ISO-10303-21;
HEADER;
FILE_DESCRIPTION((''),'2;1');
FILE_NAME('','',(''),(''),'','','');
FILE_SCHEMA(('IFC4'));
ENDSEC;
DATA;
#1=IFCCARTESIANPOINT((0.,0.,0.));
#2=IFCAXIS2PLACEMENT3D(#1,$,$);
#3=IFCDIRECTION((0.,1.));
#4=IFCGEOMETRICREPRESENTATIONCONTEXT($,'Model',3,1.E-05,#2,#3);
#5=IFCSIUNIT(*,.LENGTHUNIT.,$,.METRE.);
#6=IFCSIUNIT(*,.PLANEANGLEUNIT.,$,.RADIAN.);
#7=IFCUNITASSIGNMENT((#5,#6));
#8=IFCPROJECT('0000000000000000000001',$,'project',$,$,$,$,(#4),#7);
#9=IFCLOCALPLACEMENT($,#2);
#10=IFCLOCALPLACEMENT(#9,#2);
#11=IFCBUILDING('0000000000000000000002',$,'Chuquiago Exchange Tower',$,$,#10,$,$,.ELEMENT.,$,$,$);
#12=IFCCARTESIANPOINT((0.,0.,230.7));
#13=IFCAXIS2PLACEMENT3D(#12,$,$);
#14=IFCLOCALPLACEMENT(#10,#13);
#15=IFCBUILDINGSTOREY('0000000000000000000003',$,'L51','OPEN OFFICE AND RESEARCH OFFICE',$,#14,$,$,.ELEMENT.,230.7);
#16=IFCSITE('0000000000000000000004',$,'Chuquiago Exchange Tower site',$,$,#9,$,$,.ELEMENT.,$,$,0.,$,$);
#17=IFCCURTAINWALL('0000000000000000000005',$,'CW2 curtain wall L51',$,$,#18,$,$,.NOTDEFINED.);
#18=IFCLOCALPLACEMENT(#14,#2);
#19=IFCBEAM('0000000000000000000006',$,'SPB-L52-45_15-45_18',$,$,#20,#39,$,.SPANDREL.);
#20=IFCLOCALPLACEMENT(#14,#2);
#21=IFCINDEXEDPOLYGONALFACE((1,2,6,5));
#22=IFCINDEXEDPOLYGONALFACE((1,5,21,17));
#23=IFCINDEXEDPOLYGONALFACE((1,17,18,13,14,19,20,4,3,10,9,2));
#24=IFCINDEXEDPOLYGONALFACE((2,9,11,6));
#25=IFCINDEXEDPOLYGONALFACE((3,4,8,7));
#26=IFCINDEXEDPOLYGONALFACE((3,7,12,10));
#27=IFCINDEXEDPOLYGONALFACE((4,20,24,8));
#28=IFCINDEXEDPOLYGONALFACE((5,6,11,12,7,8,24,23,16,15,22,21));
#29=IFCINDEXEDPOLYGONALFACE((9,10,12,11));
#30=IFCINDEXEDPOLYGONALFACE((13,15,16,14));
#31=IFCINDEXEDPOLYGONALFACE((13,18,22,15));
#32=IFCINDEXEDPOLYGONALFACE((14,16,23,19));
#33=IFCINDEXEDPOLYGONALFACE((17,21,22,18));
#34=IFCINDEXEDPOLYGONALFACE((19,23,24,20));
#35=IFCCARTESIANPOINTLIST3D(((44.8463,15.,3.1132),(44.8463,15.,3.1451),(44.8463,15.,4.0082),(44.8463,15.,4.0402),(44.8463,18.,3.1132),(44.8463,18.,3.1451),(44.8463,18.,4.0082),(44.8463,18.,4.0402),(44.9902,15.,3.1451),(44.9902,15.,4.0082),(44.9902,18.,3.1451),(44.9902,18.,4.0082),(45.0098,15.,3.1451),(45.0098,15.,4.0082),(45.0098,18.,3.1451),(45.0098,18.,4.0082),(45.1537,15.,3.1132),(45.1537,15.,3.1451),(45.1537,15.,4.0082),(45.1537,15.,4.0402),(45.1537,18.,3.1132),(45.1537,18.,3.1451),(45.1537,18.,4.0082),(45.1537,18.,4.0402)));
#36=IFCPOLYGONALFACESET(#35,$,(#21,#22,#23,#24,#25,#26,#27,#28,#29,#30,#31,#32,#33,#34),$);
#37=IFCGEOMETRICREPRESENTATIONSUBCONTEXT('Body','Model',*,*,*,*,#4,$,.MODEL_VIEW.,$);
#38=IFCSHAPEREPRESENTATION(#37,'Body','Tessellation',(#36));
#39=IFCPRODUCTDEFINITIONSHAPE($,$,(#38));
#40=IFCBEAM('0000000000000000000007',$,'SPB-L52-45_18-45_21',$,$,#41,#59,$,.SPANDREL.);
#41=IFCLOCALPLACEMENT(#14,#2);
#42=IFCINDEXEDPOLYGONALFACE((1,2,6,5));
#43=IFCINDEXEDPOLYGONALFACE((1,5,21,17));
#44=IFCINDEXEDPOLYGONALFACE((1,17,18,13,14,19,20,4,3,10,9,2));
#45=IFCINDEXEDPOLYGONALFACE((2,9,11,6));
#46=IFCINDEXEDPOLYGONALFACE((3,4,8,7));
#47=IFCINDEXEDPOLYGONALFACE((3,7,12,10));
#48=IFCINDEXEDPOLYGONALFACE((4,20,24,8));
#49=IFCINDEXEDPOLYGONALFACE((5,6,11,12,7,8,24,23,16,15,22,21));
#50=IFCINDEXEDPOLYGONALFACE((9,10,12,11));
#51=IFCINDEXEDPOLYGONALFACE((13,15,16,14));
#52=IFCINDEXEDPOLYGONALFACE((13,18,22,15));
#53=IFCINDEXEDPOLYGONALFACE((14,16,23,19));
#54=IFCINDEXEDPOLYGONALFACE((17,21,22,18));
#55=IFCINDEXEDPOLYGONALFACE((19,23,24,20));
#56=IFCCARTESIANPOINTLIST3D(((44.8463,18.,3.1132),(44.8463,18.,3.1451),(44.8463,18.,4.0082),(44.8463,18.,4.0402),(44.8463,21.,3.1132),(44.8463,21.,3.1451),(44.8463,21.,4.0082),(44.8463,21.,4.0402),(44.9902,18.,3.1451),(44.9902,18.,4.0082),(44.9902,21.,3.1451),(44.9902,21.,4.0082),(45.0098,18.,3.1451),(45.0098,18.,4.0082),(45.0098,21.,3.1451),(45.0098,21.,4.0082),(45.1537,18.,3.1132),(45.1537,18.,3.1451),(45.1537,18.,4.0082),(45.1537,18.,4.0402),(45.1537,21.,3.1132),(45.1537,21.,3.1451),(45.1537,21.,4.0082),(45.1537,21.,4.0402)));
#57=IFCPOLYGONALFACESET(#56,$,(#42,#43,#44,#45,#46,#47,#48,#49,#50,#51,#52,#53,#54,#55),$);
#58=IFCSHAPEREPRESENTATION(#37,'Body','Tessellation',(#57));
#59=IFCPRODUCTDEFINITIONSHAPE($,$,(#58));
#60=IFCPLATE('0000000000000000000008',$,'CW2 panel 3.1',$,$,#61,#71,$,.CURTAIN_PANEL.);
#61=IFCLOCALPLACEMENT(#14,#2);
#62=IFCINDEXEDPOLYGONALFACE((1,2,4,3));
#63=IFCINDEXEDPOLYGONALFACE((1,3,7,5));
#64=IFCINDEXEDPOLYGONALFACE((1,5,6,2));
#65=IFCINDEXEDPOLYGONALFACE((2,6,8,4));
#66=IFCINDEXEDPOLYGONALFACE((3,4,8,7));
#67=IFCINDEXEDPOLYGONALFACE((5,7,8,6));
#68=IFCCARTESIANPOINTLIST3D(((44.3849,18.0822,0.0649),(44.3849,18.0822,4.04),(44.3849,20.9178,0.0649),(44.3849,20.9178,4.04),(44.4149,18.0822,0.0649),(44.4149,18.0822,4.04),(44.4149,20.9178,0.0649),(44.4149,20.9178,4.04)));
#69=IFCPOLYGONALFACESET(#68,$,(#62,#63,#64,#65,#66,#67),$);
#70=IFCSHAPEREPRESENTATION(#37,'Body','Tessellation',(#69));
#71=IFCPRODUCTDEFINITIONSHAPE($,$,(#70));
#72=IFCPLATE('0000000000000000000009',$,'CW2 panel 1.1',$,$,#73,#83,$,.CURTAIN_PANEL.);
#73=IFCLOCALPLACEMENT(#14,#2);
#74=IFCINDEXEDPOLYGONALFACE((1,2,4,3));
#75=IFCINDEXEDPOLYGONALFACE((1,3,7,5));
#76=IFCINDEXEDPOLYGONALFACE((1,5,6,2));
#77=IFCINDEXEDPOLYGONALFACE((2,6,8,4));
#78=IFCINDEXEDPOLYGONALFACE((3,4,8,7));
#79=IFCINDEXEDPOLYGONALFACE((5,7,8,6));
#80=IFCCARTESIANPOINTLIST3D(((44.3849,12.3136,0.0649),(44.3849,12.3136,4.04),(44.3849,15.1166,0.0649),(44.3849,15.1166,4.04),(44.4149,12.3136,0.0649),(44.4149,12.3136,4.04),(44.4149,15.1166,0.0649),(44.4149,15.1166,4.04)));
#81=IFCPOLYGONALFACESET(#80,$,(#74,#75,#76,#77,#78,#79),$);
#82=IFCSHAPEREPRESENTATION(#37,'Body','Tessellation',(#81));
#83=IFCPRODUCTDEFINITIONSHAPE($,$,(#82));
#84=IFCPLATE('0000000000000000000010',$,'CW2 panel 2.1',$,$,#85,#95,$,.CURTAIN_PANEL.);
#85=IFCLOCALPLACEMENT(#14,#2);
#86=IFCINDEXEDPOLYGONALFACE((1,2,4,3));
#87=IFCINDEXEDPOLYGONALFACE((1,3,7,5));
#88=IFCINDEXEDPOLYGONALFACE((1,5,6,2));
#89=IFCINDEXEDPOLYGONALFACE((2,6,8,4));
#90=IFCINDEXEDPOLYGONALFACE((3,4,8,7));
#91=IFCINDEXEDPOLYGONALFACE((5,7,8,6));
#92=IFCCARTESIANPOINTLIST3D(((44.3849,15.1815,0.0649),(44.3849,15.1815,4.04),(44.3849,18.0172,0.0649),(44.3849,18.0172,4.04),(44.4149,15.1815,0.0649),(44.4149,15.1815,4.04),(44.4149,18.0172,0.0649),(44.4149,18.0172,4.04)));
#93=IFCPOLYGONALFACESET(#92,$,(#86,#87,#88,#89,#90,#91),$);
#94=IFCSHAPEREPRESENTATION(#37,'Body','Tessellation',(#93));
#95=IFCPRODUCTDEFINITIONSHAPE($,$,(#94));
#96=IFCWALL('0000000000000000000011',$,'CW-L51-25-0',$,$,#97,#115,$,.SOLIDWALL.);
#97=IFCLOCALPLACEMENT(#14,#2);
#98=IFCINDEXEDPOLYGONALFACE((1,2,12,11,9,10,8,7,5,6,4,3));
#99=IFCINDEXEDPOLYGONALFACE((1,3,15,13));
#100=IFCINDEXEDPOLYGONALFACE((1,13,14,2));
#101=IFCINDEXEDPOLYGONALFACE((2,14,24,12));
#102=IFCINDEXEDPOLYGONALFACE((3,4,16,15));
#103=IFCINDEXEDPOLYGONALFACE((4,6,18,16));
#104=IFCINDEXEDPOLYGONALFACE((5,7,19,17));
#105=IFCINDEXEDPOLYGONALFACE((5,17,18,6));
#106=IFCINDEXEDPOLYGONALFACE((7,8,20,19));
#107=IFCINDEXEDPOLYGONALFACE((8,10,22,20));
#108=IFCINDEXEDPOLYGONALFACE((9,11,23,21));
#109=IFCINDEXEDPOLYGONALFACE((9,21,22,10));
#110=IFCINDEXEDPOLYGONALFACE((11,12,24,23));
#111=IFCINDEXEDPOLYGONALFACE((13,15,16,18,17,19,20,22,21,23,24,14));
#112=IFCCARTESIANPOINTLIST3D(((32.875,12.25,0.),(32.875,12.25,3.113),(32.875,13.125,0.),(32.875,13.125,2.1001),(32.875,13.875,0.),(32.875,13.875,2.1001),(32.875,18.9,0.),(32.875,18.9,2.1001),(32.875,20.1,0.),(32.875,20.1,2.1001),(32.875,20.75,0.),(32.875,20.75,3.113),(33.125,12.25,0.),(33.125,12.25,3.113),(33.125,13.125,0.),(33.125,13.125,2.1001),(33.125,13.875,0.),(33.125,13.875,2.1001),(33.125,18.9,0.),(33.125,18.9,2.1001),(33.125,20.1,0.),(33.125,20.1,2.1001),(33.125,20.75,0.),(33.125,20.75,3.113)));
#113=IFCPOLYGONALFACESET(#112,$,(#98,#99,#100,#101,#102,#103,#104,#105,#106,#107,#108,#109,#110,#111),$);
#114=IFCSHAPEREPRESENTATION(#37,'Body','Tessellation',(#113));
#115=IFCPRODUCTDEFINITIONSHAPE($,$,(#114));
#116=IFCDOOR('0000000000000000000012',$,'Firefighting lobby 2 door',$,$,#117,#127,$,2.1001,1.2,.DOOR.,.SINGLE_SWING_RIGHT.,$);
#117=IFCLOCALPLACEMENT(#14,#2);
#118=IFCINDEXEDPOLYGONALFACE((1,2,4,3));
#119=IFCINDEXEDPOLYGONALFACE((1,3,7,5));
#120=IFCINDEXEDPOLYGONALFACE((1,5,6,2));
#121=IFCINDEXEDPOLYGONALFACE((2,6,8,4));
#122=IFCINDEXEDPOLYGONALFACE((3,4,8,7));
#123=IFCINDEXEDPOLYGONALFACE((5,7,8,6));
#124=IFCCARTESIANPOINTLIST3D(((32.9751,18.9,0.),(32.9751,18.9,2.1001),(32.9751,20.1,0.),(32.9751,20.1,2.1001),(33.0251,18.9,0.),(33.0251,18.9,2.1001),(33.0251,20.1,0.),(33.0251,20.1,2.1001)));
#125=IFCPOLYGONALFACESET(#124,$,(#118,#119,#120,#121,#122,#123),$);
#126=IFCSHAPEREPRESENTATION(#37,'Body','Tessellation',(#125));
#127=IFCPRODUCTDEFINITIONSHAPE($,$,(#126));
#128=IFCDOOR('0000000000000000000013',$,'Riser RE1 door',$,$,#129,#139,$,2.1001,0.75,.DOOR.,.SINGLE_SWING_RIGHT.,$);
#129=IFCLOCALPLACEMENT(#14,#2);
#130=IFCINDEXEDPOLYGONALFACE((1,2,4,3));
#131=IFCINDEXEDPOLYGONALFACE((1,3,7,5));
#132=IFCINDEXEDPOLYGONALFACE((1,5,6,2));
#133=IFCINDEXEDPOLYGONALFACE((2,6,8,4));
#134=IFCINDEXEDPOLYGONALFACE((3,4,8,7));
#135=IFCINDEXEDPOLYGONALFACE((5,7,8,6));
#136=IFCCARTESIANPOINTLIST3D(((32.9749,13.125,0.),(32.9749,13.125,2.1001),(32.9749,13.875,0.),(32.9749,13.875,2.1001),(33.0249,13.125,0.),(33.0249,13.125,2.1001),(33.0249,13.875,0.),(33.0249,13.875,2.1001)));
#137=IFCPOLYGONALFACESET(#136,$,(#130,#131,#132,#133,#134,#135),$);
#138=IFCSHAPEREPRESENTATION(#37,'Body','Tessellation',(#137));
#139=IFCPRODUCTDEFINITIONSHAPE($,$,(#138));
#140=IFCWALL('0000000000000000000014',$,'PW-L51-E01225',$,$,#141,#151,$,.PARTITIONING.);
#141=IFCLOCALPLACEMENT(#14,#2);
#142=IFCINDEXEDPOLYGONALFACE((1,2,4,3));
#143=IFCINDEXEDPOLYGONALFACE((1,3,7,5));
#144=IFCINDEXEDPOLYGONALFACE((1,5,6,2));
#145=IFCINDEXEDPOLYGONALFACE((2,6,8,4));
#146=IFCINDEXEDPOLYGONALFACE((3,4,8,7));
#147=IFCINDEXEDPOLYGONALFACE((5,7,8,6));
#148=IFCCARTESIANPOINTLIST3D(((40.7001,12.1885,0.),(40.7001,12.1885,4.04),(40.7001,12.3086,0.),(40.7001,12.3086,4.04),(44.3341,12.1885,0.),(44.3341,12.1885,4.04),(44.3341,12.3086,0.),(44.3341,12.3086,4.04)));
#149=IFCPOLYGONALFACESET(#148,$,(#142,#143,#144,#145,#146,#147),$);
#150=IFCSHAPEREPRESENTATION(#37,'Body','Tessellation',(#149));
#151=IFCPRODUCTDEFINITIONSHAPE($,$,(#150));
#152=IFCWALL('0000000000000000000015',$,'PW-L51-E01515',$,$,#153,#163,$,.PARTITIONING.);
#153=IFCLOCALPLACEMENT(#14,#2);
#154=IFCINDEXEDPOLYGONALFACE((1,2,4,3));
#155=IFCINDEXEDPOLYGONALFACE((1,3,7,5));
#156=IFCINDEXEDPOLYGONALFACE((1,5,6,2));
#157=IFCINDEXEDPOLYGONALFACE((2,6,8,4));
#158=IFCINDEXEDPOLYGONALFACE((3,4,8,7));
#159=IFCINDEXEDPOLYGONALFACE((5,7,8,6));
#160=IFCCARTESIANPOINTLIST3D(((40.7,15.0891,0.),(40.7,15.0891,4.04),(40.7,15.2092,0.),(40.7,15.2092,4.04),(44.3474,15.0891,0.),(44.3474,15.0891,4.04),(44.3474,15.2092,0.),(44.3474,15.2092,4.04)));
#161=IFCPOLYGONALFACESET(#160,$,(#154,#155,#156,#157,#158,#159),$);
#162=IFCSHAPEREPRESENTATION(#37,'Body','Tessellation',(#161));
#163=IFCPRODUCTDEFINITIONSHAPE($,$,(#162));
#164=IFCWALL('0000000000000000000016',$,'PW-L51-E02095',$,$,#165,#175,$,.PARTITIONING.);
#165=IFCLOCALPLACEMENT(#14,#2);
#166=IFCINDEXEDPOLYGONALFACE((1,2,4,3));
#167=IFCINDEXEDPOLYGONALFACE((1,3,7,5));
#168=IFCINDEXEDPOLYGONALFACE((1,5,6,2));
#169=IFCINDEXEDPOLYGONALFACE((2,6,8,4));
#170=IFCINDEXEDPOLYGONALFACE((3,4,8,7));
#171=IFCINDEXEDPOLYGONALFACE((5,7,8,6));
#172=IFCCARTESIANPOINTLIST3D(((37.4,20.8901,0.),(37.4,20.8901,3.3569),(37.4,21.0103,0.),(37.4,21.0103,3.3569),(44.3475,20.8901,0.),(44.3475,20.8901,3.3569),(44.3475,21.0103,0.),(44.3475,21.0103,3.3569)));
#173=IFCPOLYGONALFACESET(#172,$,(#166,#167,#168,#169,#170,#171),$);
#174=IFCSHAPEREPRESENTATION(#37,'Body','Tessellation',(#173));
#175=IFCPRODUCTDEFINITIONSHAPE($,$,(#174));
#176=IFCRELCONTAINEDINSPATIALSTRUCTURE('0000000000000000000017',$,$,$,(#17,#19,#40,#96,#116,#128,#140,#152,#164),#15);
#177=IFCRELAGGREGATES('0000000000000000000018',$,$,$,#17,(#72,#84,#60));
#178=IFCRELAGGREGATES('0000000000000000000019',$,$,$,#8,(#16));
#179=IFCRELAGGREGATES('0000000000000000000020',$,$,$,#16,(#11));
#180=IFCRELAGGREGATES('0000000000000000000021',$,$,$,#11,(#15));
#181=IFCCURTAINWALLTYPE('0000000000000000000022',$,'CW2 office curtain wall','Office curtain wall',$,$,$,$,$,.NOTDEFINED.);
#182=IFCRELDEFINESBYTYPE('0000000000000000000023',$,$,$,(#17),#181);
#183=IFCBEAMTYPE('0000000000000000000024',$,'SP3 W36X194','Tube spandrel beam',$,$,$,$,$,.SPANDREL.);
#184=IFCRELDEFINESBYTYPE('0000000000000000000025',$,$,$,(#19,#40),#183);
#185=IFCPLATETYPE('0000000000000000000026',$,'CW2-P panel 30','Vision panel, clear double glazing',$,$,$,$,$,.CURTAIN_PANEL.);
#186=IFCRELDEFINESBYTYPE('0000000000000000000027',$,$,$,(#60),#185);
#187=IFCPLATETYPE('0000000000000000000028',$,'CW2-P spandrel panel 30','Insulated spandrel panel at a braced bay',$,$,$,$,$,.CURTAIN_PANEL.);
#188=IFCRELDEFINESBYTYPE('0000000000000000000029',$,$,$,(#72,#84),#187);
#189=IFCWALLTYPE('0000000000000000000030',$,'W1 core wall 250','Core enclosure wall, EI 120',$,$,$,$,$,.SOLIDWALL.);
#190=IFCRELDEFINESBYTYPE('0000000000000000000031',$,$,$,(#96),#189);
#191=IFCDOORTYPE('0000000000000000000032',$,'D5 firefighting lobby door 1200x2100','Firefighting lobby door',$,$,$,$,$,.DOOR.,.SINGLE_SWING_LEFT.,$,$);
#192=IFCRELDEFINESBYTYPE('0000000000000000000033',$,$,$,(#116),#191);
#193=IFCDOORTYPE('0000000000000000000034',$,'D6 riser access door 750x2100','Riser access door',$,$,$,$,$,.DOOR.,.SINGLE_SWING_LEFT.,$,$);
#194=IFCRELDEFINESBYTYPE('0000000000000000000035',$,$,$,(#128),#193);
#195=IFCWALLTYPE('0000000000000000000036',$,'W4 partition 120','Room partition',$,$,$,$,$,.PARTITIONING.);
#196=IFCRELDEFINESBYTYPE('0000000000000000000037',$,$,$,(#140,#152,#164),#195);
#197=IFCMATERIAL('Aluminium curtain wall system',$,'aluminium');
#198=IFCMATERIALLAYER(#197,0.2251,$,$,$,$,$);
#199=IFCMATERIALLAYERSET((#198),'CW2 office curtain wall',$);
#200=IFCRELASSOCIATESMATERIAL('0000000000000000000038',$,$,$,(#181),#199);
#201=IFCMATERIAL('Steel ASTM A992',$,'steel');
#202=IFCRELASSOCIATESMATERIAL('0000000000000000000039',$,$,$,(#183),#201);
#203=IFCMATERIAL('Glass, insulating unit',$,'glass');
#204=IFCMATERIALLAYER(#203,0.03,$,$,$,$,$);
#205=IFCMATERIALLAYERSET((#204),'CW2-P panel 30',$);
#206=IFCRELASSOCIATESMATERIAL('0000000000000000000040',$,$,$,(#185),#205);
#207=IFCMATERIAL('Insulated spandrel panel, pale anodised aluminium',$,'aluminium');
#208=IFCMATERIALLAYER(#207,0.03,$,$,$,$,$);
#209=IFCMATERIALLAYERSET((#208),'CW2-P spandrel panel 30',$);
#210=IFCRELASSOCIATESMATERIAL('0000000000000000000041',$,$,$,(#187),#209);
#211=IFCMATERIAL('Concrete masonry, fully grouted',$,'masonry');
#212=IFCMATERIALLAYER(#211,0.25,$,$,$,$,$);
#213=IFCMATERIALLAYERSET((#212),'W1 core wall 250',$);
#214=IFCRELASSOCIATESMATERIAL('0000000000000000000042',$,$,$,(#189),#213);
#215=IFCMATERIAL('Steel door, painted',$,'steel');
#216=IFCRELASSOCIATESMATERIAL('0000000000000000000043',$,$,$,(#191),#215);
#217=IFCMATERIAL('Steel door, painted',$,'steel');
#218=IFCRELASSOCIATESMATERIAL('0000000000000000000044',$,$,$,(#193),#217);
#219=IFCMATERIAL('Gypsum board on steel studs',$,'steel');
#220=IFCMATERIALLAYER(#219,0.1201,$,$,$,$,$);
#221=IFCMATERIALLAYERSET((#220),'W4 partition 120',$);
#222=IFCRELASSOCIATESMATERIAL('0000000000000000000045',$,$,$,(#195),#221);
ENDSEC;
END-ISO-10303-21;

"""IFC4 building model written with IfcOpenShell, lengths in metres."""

from ifc_helpers import new_model, si_unit, direction, frame, frame_2d, origin, origin_2d, place, context, subcontext, project, spatial, rectangle, i_section, extrude, material, layer, layer_set, material_profile, profile_set, type_object, element, fill, aggregate, save


model = new_model("IFC4")

# Units and contexts
model_context = context("Model", 3, precision=1e-05, world=origin(), true_north=direction((0.0, 1.0)))
body_context = subcontext(model_context, "Body", "Model", "MODEL_VIEW")
ifc_project = project(units=[si_unit("LENGTHUNIT", "METRE"), si_unit("PLANEANGLEUNIT", "RADIAN")], contexts=[model_context])

# Site, building, storey
site_placement = place(None, origin())
site = spatial("IfcSite", under=ifc_project, at=site_placement, Name="Chuquiago Exchange Tower site", CompositionType="ELEMENT", RefElevation=0.0)
building_placement = place(site_placement, origin())
building = spatial("IfcBuilding", under=site, at=building_placement, Name="Chuquiago Exchange Tower", CompositionType="ELEMENT")
storey_placement = place(building_placement, frame((0.0, 0.0, 230.7)))
storey = spatial("IfcBuildingStorey", under=building, at=storey_placement, Name="L51", Description="OPEN OFFICE AND RESEARCH OFFICE", CompositionType="ELEMENT", Elevation=230.7)

# Curtain wall
ifc_material_1 = material(Name="Aluminium curtain wall system", Category="aluminium")
ifc_layer_1 = layer(ifc_material_1, 0.2251)
ifc_layer_set_1 = layer_set([ifc_layer_1], Name="CW2 office curtain wall")
curtain_wall_type_1 = type_object("IfcCurtainWallType", Name="CW2 office curtain wall", Description="Office curtain wall", PredefinedType="NOTDEFINED", material=ifc_layer_set_1)
curtain_wall_1_placement = place(storey_placement, origin())
curtain_wall_1 = element("IfcCurtainWall", 1, at=curtain_wall_1_placement, inside=storey, type_object=curtain_wall_type_1, Name="CW2 curtain wall L51", PredefinedType="NOTDEFINED")

# Beams
ifc_material_2 = material(Name="Steel ASTM A992", Category="steel")
ifc_material_profile_1 = material_profile(ifc_material_2, i_section(OverallWidth=0.3074, OverallDepth=0.927, WebThickness=0.0195, FlangeThickness=0.032, at=origin_2d()), Name="W36X194")
ifc_profile_set_1 = profile_set([ifc_material_profile_1], Name="Steel ASTM A992")
beam_type_1 = type_object("IfcBeamType", Name="SP3 W36X194", Description="Tube spandrel beam", PredefinedType="SPANDREL", material=ifc_profile_set_1)
for number, where, z_axis, x_axis, name in (
    (2, (45.0, 15.0, 3.5767), (0.0, 1.0, 0.0), (-1.0, 0.0, 0.0), "SPB-L52-45_15-45_18"),
    (3, (45.0, 18.0, 3.5767), (0.0, 1.0, 0.0), (-1.0, 0.0, 0.0), "SPB-L52-45_18-45_21"),
):
    element("IfcBeam", number, at=place(storey_placement, frame(where, z_axis=z_axis, x_axis=x_axis)), inside=storey, type_object=beam_type_1, Name=name, PredefinedType="SPANDREL", context=body_context, shape_type="SweptSolid", body=[
        extrude(i_section(OverallWidth=0.3074, OverallDepth=0.927, WebThickness=0.0195, FlangeThickness=0.032, at=origin_2d()), origin(), (0.0, 0.0, 1.0), 3.0),
    ])

# Plates
ifc_material_3 = material(Name="Glass, insulating unit", Category="glass")
ifc_layer_2 = layer(ifc_material_3, 0.03)
ifc_layer_set_2 = layer_set([ifc_layer_2], Name="CW2-P panel 30")
plate_type_1 = type_object("IfcPlateType", Name="CW2-P panel 30", Description="Vision panel, clear double glazing", PredefinedType="CURTAIN_PANEL", material=ifc_layer_set_2)
plate_1_placement = place(storey_placement, frame((44.3999, 19.5, 0.0649), z_axis=(0.0, 0.0, 1.0), x_axis=(0.0, 1.0, 0.0)))
plate_1 = element("IfcPlate", 4, at=plate_1_placement, type_object=plate_type_1, Name="CW2 panel 3.1", PredefinedType="CURTAIN_PANEL", context=body_context, shape_type="SweptSolid", body=[
    extrude(rectangle(XDim=2.8357, YDim=0.03, at=origin_2d()), origin(), (0.0, 0.0, 1.0), 3.9751),
])
ifc_material_4 = material(Name="Insulated spandrel panel, pale anodised aluminium", Category="aluminium")
ifc_layer_3 = layer(ifc_material_4, 0.03)
ifc_layer_set_3 = layer_set([ifc_layer_3], Name="CW2-P spandrel panel 30")
plate_type_2 = type_object("IfcPlateType", Name="CW2-P spandrel panel 30", Description="Insulated spandrel panel at a braced bay", PredefinedType="CURTAIN_PANEL", material=ifc_layer_set_3)
plate_2_placement = place(storey_placement, frame((44.3999, 13.7151, 0.0649), z_axis=(0.0, 0.0, 1.0), x_axis=(0.0, 1.0, 0.0)))
plate_2 = element("IfcPlate", 5, at=plate_2_placement, type_object=plate_type_2, Name="CW2 panel 1.1", PredefinedType="CURTAIN_PANEL", context=body_context, shape_type="SweptSolid", body=[
    extrude(rectangle(XDim=2.803, YDim=0.03, at=origin_2d()), origin(), (0.0, 0.0, 1.0), 3.9751),
])
plate_3_placement = place(storey_placement, frame((44.3999, 16.5994, 0.0649), z_axis=(0.0, 0.0, 1.0), x_axis=(0.0, 1.0, 0.0)))
plate_3 = element("IfcPlate", 6, at=plate_3_placement, type_object=plate_type_2, Name="CW2 panel 2.1", PredefinedType="CURTAIN_PANEL", context=body_context, shape_type="SweptSolid", body=[
    extrude(rectangle(XDim=2.8357, YDim=0.03, at=origin_2d()), origin(), (0.0, 0.0, 1.0), 3.9751),
])
aggregate(curtain_wall_1, [plate_2, plate_3, plate_1])

# Wall, openings, doors
ifc_material_5 = material(Name="Concrete masonry, fully grouted", Category="masonry")
ifc_layer_4 = layer(ifc_material_5, 0.25)
ifc_layer_set_4 = layer_set([ifc_layer_4], Name="W1 core wall 250")
wall_type_1 = type_object("IfcWallType", Name="W1 core wall 250", Description="Core enclosure wall, EI 120", PredefinedType="SOLIDWALL", material=ifc_layer_set_4)
wall_1_placement = place(storey_placement, frame((33.0, 12.25, 0.0), z_axis=(0.0, 0.0, 1.0), x_axis=(0.0, 1.0, 0.0)))
wall_1 = element("IfcWall", 7, at=wall_1_placement, inside=storey, type_object=wall_type_1, Name="CW-L51-25-0", PredefinedType="SOLIDWALL", context=body_context, shape_type="SweptSolid", body=[
    extrude(rectangle(XDim=8.5, YDim=0.25, at=frame_2d((4.25, 0.0))), origin(), (0.0, 0.0, 1.0), 3.113),
])
opening_1_placement = place(wall_1_placement, frame((6.6499, 0.0, 0.0)))
opening_1 = element("IfcOpeningElement", 8, at=opening_1_placement, cuts=wall_1, PredefinedType="OPENING", context=body_context, shape_type="SweptSolid", body=[
    extrude(rectangle(XDim=1.2, YDim=2.1001, at=frame_2d((0.6001, 1.05))), frame((0.0, 0.135, 0.0), z_axis=(0.0, -1.0, 0.0), x_axis=(1.0, 0.0, 0.0)), (0.0, 0.0, 1.0), 0.27),
])
opening_2_placement = place(wall_1_placement, frame((0.875, 0.0, 0.0)))
opening_2 = element("IfcOpeningElement", 9, at=opening_2_placement, cuts=wall_1, PredefinedType="OPENING", context=body_context, shape_type="SweptSolid", body=[
    extrude(rectangle(XDim=0.75, YDim=2.1001, at=frame_2d((0.375, 1.05))), frame((0.0, 0.135, 0.0), z_axis=(0.0, -1.0, 0.0), x_axis=(1.0, 0.0, 0.0)), (0.0, 0.0, 1.0), 0.27),
])
ifc_material_6 = material(Name="Steel door, painted", Category="steel")
door_type_1 = type_object("IfcDoorType", Name="D5 firefighting lobby door 1200x2100", Description="Firefighting lobby door", OperationType="SINGLE_SWING_LEFT", PredefinedType="DOOR", material=ifc_material_6)
door_1_placement = place(opening_1_placement, origin())
door_1 = element("IfcDoor", 10, at=door_1_placement, inside=storey, type_object=door_type_1, Name="Firefighting lobby 2 door", OperationType="SINGLE_SWING_RIGHT", OverallHeight=2.1001, OverallWidth=1.2, PredefinedType="DOOR", context=body_context, shape_type="SweptSolid", body=[
    extrude(rectangle(XDim=1.2, YDim=2.1001, at=frame_2d((0.6001, 1.05))), frame((0.0, 0.0249, 0.0), z_axis=(0.0, -1.0, 0.0), x_axis=(1.0, 0.0, 0.0)), (0.0, 0.0, 1.0), 0.05),
])
fill(opening_1, door_1)
ifc_material_7 = material(Name="Steel door, painted", Category="steel")
door_type_2 = type_object("IfcDoorType", Name="D6 riser access door 750x2100", Description="Riser access door", OperationType="SINGLE_SWING_LEFT", PredefinedType="DOOR", material=ifc_material_7)
door_2_placement = place(opening_2_placement, frame((0.75, 0.0, 0.0), z_axis=(0.0, 0.0, 1.0), x_axis=(-1.0, 0.0, 0.0)))
door_2 = element("IfcDoor", 11, at=door_2_placement, inside=storey, type_object=door_type_2, Name="Riser RE1 door", OperationType="SINGLE_SWING_RIGHT", OverallHeight=2.1001, OverallWidth=0.75, PredefinedType="DOOR", context=body_context, shape_type="SweptSolid", body=[
    extrude(rectangle(XDim=0.75, YDim=2.1001, at=frame_2d((0.375, 1.05))), frame((0.0, 0.0249, 0.0), z_axis=(0.0, -1.0, 0.0), x_axis=(1.0, 0.0, 0.0)), (0.0, 0.0, 1.0), 0.05),
])
fill(opening_2, door_2)

# Walls
ifc_material_8 = material(Name="Gypsum board on steel studs", Category="steel")
ifc_layer_5 = layer(ifc_material_8, 0.1201)
ifc_layer_set_5 = layer_set([ifc_layer_5], Name="W4 partition 120")
wall_type_2 = type_object("IfcWallType", Name="W4 partition 120", Description="Room partition", PredefinedType="PARTITIONING", material=ifc_layer_set_5)
wall_2_placement = place(storey_placement, frame((44.334, 12.2485, 0.0), z_axis=(0.0, 0.0, 1.0), x_axis=(-1.0, 0.0, 0.0)))
element("IfcWall", 12, at=wall_2_placement, inside=storey, type_object=wall_type_2, Name="PW-L51-E01225", PredefinedType="PARTITIONING", context=body_context, shape_type="SweptSolid", body=[
    extrude(rectangle(XDim=3.634, YDim=0.1201, at=frame_2d((1.8169, 0.0))), origin(), (0.0, 0.0, 1.0), 4.04),
])
wall_3_placement = place(storey_placement, frame((44.3474, 15.1492, 0.0), z_axis=(0.0, 0.0, 1.0), x_axis=(-1.0, 0.0, 0.0)))
element("IfcWall", 13, at=wall_3_placement, inside=storey, type_object=wall_type_2, Name="PW-L51-E01515", PredefinedType="PARTITIONING", context=body_context, shape_type="SweptSolid", body=[
    extrude(rectangle(XDim=3.6475, YDim=0.1201, at=frame_2d((1.8237, 0.0))), origin(), (0.0, 0.0, 1.0), 4.04),
])
wall_4_placement = place(storey_placement, frame((44.3474, 20.9502, 0.0), z_axis=(0.0, 0.0, 1.0), x_axis=(-1.0, 0.0, 0.0)))
element("IfcWall", 14, at=wall_4_placement, inside=storey, type_object=wall_type_2, Name="PW-L51-E02095", PredefinedType="PARTITIONING", context=body_context, shape_type="SweptSolid", body=[
    extrude(rectangle(XDim=6.9475, YDim=0.1201, at=frame_2d((3.4736, 0.0))), origin(), (0.0, 0.0, 1.0), 3.3569),
])

save(model, "model.ifc")
